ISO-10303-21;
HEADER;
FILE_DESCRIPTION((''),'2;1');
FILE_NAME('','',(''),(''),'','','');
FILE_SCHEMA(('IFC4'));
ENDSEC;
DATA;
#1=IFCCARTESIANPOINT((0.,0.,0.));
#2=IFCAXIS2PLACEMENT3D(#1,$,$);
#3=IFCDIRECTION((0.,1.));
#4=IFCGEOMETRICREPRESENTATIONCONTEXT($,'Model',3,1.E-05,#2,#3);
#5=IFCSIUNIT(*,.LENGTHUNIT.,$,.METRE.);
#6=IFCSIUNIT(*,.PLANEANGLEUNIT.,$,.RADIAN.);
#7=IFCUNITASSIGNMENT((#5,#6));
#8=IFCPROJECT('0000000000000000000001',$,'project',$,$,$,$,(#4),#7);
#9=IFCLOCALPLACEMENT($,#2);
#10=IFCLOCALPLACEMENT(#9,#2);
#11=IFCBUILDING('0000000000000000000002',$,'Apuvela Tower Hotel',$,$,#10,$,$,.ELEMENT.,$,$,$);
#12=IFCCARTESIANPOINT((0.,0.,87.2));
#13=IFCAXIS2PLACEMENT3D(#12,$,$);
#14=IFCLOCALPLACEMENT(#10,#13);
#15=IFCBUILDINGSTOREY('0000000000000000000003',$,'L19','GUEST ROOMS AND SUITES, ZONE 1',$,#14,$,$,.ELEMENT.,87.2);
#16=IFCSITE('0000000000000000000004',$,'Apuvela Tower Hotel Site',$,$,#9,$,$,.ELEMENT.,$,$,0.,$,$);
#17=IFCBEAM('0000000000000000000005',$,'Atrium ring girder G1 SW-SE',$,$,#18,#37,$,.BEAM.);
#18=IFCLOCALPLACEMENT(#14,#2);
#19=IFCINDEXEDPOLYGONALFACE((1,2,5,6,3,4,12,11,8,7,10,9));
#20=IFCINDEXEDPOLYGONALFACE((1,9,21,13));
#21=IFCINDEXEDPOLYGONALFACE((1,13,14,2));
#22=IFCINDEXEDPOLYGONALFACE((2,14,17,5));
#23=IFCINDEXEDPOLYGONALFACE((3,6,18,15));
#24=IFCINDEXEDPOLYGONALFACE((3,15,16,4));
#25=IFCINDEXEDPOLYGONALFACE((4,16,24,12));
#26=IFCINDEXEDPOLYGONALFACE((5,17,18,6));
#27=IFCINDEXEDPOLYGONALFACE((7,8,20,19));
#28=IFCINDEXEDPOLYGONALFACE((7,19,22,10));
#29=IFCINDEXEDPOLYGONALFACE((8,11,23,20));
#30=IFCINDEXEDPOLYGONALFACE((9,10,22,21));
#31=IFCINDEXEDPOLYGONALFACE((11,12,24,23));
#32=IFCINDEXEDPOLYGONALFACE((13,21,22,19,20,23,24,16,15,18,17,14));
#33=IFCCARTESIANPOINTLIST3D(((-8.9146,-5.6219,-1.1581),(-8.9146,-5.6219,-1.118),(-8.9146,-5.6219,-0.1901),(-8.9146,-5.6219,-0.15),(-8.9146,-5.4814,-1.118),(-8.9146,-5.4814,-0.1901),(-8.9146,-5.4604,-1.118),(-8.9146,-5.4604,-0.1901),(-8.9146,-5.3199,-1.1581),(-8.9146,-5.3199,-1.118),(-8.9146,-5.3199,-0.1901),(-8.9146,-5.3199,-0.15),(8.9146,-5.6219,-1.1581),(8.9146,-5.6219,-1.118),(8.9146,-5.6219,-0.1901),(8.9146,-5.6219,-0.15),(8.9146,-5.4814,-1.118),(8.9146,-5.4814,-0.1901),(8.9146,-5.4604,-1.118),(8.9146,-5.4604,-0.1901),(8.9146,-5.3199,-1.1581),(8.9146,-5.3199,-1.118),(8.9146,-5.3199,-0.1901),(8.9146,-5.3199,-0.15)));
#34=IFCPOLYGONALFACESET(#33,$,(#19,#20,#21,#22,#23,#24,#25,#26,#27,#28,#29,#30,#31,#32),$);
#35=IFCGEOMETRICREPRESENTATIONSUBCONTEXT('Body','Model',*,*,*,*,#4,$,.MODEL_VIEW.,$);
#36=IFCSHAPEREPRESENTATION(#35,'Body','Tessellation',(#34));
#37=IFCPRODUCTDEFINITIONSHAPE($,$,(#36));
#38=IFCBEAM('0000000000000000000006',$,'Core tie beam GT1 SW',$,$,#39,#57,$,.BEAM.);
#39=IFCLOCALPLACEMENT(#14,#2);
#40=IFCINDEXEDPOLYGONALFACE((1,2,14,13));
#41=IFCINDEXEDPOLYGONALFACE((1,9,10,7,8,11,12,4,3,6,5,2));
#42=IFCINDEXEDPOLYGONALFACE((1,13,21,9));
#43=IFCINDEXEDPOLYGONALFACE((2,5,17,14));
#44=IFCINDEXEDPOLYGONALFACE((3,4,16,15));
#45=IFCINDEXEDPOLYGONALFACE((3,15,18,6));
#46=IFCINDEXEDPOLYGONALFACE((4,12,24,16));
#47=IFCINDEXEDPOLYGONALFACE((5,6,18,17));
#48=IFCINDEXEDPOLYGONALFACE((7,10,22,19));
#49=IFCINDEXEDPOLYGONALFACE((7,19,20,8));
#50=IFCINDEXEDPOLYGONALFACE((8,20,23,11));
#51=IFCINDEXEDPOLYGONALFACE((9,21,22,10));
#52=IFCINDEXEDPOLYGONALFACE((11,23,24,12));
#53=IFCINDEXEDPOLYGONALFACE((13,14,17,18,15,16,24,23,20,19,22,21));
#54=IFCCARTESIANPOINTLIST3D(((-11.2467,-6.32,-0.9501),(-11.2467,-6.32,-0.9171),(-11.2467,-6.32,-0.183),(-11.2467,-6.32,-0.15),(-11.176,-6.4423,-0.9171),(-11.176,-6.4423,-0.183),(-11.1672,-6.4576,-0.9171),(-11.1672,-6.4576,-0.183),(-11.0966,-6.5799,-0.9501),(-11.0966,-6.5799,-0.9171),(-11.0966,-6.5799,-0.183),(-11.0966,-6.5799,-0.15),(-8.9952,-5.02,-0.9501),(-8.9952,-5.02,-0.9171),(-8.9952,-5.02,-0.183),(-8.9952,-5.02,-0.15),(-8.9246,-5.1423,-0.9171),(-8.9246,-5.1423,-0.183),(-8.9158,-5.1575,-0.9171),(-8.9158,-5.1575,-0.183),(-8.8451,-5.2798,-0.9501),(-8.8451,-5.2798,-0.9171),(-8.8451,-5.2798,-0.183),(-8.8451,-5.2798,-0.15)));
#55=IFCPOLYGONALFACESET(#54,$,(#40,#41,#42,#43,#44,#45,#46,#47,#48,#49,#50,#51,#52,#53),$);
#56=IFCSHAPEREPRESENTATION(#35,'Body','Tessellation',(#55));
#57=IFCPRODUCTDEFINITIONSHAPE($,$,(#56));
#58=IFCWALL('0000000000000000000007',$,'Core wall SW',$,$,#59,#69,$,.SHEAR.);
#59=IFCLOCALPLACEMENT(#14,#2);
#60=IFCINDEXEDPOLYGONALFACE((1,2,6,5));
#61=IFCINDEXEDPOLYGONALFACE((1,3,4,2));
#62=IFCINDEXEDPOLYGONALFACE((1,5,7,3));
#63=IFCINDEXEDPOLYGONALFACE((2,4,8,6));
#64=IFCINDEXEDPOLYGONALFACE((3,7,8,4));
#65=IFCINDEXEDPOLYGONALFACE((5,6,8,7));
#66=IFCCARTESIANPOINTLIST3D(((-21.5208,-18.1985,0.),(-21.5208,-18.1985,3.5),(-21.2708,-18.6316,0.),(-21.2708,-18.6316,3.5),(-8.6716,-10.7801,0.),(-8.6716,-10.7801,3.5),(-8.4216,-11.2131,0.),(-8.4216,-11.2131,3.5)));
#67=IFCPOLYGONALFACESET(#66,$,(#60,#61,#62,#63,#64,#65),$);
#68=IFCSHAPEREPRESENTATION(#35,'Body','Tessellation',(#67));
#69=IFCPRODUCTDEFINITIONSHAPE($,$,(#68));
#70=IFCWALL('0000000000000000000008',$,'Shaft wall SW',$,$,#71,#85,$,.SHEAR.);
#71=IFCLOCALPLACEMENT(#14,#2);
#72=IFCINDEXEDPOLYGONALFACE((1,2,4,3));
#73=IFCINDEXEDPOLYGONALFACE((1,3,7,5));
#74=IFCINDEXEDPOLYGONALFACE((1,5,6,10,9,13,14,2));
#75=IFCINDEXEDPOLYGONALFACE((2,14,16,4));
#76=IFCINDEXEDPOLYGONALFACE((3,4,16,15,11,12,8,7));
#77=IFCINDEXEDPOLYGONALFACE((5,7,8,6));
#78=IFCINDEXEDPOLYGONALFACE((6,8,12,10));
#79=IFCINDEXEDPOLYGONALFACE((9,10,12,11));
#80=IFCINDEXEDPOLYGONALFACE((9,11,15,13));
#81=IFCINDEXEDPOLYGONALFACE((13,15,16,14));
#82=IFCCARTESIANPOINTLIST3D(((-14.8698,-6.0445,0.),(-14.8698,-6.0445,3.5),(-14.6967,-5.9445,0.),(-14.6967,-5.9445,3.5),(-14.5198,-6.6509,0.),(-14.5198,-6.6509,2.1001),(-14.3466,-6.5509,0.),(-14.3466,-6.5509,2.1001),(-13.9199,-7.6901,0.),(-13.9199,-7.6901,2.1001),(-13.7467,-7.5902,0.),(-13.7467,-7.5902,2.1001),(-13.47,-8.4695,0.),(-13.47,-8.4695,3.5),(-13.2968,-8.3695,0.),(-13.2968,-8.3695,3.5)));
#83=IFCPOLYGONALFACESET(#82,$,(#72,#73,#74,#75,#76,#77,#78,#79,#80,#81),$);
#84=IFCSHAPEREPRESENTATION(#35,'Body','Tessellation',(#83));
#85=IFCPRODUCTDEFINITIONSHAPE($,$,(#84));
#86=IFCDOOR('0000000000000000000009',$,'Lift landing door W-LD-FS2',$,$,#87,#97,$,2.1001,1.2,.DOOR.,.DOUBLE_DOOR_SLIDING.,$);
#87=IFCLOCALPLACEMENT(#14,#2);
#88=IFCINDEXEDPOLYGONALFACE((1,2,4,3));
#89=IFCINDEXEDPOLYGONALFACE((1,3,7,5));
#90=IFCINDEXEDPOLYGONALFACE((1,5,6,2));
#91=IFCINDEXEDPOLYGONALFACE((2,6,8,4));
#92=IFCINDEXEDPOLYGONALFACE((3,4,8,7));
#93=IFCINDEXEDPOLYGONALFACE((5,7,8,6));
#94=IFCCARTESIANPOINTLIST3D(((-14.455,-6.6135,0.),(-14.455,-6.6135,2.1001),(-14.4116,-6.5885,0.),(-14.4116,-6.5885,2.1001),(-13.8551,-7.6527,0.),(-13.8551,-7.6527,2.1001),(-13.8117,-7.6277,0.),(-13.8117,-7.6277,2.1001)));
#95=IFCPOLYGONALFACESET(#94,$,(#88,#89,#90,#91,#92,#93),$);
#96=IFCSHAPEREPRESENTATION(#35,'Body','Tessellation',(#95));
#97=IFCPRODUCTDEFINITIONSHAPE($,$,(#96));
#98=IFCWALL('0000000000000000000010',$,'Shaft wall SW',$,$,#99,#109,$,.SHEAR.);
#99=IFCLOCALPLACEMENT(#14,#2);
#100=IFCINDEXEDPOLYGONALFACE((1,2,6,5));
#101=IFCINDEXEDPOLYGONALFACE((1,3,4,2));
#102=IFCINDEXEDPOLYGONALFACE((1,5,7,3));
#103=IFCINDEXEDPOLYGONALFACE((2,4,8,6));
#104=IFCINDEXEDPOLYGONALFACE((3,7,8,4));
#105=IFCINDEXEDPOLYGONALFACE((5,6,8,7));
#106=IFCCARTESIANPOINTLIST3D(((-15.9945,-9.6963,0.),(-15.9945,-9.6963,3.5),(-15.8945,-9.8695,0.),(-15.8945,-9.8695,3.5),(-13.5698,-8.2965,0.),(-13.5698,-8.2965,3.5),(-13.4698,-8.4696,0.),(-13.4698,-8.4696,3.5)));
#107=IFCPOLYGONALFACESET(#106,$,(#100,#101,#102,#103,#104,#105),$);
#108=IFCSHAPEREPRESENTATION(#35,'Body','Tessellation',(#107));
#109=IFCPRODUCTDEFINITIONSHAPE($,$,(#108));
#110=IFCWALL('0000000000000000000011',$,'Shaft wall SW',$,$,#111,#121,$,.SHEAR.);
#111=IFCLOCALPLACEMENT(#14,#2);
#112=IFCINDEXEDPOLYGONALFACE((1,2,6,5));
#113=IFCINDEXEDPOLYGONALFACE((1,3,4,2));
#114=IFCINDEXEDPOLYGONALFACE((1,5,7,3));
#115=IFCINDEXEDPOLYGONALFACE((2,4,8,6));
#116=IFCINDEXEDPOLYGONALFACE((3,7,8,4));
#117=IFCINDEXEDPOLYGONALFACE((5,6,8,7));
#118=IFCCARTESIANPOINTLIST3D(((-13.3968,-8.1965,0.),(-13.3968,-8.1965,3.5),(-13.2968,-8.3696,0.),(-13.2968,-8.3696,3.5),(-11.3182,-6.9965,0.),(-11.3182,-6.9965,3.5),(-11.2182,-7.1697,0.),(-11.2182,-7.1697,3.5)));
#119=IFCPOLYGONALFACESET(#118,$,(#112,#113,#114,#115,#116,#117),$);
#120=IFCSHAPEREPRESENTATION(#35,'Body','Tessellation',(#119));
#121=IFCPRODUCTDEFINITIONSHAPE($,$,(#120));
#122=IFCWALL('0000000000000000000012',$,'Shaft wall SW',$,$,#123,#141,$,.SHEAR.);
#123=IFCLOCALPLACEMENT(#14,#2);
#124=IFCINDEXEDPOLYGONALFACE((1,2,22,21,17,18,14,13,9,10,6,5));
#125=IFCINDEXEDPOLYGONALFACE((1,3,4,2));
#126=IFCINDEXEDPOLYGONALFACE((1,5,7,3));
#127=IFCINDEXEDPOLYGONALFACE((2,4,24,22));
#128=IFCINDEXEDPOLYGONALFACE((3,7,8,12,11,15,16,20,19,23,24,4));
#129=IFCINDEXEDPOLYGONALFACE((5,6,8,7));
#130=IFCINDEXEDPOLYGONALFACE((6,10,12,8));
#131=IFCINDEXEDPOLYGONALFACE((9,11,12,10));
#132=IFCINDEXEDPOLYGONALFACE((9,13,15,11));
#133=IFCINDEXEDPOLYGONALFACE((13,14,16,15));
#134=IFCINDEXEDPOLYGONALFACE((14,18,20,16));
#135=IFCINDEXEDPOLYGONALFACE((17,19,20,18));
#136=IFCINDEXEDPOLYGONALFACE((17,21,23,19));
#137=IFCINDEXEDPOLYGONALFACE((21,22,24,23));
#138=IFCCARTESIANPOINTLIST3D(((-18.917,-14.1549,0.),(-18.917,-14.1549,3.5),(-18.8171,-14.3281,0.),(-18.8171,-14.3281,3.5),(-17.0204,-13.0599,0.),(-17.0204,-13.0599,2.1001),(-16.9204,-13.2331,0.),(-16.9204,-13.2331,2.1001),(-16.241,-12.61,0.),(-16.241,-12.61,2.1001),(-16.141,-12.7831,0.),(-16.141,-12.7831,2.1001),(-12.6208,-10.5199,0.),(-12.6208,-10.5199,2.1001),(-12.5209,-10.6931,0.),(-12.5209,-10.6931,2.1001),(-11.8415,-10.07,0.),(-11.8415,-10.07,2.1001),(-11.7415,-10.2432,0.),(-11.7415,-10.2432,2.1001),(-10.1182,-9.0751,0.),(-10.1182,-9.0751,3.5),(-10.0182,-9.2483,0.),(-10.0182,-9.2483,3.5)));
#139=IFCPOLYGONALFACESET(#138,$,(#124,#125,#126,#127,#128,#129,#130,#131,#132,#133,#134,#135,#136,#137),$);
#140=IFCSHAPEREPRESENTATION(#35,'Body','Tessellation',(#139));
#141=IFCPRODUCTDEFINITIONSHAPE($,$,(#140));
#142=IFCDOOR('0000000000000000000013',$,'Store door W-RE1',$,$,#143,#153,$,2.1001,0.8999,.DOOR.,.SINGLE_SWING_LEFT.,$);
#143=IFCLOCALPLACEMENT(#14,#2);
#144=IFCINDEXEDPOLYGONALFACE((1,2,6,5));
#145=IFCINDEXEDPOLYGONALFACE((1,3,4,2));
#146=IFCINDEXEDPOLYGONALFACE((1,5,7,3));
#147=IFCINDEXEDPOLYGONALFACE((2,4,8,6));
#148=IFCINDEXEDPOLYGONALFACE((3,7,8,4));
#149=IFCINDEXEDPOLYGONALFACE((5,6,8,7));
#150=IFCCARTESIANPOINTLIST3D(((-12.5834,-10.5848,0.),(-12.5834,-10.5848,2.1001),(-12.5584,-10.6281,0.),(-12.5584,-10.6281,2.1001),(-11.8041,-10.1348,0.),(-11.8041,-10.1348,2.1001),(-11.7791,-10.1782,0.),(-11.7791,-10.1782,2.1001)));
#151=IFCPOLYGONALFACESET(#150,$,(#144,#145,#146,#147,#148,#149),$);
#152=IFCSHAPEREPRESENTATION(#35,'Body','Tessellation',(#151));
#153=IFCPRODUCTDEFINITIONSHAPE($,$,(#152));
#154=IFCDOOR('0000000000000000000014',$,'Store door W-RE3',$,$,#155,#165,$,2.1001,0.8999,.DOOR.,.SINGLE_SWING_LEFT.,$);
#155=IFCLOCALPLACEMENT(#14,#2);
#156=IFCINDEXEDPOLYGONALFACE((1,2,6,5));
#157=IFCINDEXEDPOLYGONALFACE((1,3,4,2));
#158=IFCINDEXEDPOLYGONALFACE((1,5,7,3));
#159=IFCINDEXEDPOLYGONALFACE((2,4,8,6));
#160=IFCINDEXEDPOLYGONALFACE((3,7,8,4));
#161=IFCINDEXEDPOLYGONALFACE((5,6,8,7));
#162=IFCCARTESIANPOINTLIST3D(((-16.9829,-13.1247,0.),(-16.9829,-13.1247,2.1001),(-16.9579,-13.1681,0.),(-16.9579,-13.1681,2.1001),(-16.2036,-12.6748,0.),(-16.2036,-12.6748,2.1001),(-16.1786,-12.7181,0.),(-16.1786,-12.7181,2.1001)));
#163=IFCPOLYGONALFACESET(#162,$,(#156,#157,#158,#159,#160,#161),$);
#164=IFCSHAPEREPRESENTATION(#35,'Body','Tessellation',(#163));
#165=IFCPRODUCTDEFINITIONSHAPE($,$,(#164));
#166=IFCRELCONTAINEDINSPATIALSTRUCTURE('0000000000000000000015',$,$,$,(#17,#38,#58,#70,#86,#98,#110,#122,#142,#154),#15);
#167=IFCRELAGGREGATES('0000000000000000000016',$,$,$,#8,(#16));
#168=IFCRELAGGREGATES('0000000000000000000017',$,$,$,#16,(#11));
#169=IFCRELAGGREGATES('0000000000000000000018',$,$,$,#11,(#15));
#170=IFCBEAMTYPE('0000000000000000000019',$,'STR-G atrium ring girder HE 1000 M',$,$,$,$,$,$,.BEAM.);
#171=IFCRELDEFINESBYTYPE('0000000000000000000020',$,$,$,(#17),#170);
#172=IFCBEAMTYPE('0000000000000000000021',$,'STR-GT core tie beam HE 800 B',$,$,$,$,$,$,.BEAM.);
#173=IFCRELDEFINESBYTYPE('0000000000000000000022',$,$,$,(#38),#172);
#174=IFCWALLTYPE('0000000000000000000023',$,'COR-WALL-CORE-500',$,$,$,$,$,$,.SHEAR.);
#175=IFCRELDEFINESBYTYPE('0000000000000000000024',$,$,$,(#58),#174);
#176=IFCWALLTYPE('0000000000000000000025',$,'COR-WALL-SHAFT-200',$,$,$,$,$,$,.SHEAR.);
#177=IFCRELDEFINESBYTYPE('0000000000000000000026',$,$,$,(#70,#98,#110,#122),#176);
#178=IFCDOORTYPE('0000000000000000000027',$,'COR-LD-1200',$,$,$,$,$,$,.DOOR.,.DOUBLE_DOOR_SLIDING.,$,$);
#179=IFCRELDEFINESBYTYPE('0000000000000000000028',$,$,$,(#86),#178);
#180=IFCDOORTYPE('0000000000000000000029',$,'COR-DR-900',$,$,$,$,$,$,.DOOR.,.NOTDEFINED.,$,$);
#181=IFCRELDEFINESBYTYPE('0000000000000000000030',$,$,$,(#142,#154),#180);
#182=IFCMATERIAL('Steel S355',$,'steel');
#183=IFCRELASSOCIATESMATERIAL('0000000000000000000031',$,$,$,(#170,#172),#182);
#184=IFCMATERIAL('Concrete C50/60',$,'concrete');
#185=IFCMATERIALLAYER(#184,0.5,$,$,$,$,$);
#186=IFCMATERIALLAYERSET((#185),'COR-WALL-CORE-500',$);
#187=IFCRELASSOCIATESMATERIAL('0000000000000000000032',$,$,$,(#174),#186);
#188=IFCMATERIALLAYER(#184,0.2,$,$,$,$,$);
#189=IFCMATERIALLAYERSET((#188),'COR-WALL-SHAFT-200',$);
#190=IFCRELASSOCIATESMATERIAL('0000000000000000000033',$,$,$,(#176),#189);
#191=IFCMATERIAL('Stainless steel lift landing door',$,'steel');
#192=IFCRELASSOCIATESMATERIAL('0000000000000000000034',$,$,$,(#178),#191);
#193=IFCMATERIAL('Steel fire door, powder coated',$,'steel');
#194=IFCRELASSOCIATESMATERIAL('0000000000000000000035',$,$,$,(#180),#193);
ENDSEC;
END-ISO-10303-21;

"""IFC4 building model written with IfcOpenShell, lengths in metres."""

from ifc_helpers import new_model, si_unit, direction, frame, frame_2d, origin, origin_2d, place, context, subcontext, project, spatial, rectangle, i_section, extrude, material, layer, layer_set, material_profile, profile_set, type_object, element, fill, save


model = new_model("IFC4")

# Units and contexts
model_context = context("Model", 3, precision=1e-05, world=origin(), true_north=direction((0.0, 1.0)))
body_context = subcontext(model_context, "Body", "Model", "MODEL_VIEW")
ifc_project = project(units=[si_unit("LENGTHUNIT", "METRE"), si_unit("PLANEANGLEUNIT", "RADIAN")], contexts=[model_context])

# Site, building, storey
site_placement = place(None, origin())
site = spatial("IfcSite", under=ifc_project, at=site_placement, Name="Apuvela Tower Hotel Site", CompositionType="ELEMENT", RefElevation=0.0)
building_placement = place(site_placement, origin())
building = spatial("IfcBuilding", under=site, at=building_placement, Name="Apuvela Tower Hotel", CompositionType="ELEMENT")
storey_placement = place(building_placement, frame((0.0, 0.0, 87.2)))
storey = spatial("IfcBuildingStorey", under=building, at=storey_placement, Name="L19", Description="GUEST ROOMS AND SUITES, ZONE 1", CompositionType="ELEMENT", Elevation=87.2)

# Beams
ifc_material_1 = material(Name="Steel S355", Category="steel")
ifc_material_profile_1 = material_profile(ifc_material_1, i_section(OverallWidth=0.302, OverallDepth=1.0081, WebThickness=0.021, FlangeThickness=0.04, at=origin_2d()), Name="HE 1000 M")
ifc_profile_set_1 = profile_set([ifc_material_profile_1], Name="Steel S355")
beam_type_1 = type_object("IfcBeamType", Name="STR-G atrium ring girder HE 1000 M", PredefinedType="BEAM", material=ifc_profile_set_1)
beam_1_placement = place(storey_placement, frame((-8.9146, -5.4709, -0.6541), z_axis=(1.0, 0.0, 0.0), x_axis=(0.0, 1.0, 0.0)))
element("IfcBeam", 1, at=beam_1_placement, inside=storey, type_object=beam_type_1, Name="Atrium ring girder G1 SW-SE", PredefinedType="BEAM", context=body_context, shape_type="SweptSolid", body=[
    extrude(i_section(OverallWidth=0.302, OverallDepth=1.0081, WebThickness=0.021, FlangeThickness=0.04, at=origin_2d()), origin(), (0.0, 0.0, 1.0), 17.8291),
])
ifc_material_profile_2 = material_profile(ifc_material_1, i_section(OverallWidth=0.3, OverallDepth=0.8, WebThickness=0.0176, FlangeThickness=0.033, at=origin_2d()), Name="HE 800 B")
ifc_profile_set_2 = profile_set([ifc_material_profile_2], Name="Steel S355")
beam_type_2 = type_object("IfcBeamType", Name="STR-GT core tie beam HE 800 B", PredefinedType="BEAM", material=ifc_profile_set_2)
beam_2_placement = place(storey_placement, frame((-11.1716, -6.45, -0.55), z_axis=(0.865998, 0.500048, 0.0), x_axis=(-0.500048, 0.865998, 0.0)))
element("IfcBeam", 2, at=beam_2_placement, inside=storey, type_object=beam_type_2, Name="Core tie beam GT1 SW", PredefinedType="BEAM", context=body_context, shape_type="SweptSolid", body=[
    extrude(i_section(OverallWidth=0.3, OverallDepth=0.8, WebThickness=0.0176, FlangeThickness=0.033, at=origin_2d()), origin(), (0.0, 0.0, 1.0), 2.5999),
])

# Wall
ifc_material_2 = material(Name="Concrete C50/60", Category="concrete")
ifc_layer_1 = layer(ifc_material_2, 0.5)
ifc_layer_set_1 = layer_set([ifc_layer_1], Name="COR-WALL-CORE-500")
wall_type_1 = type_object("IfcWallType", Name="COR-WALL-CORE-500", PredefinedType="SHEAR", material=ifc_layer_set_1)
wall_1_placement = place(storey_placement, frame((-8.5466, -10.9966, 0.0), z_axis=(0.0, 0.0, 1.0), x_axis=(-0.866025, -0.500001, 0.0)))
element("IfcWall", 3, at=wall_1_placement, inside=storey, type_object=wall_type_1, Name="Core wall SW", PredefinedType="SHEAR", context=body_context, shape_type="SweptSolid", body=[
    extrude(rectangle(XDim=14.8369, YDim=0.5, at=frame_2d((7.4185, 0.0))), origin(), (0.0, 0.0, 1.0), 3.5),
])

# Wall, opening, door
ifc_layer_2 = layer(ifc_material_2, 0.2)
ifc_layer_set_2 = layer_set([ifc_layer_2], Name="COR-WALL-SHAFT-200")
wall_type_2 = type_object("IfcWallType", Name="COR-WALL-SHAFT-200", PredefinedType="SHEAR", material=ifc_layer_set_2)
wall_2_placement = place(storey_placement, frame((-14.7832, -5.9946, 0.0), z_axis=(0.0, 0.0, 1.0), x_axis=(0.499946, -0.866056, 0.0)))
wall_2 = element("IfcWall", 4, at=wall_2_placement, inside=storey, type_object=wall_type_2, Name="Shaft wall SW", PredefinedType="SHEAR", context=body_context, shape_type="SweptSolid", body=[
    extrude(rectangle(XDim=2.8, YDim=0.2, at=frame_2d((1.3999, 0.0))), origin(), (0.0, 0.0, 1.0), 3.5),
])
opening_1_placement = place(wall_2_placement, frame((0.7, 0.0, 0.0)))
opening_1 = element("IfcOpeningElement", 5, at=opening_1_placement, cuts=wall_2, PredefinedType="OPENING", context=body_context, shape_type="SweptSolid", body=[
    extrude(rectangle(XDim=1.2, YDim=2.1001, at=frame_2d((0.6001, 1.05))), frame((0.0, 0.1099, 0.0), z_axis=(0.0, -1.0, 0.0), x_axis=(1.0, 0.0, 0.0)), (0.0, 0.0, 1.0), 0.22),
])
ifc_material_3 = material(Name="Stainless steel lift landing door", Category="steel")
door_type_1 = type_object("IfcDoorType", Name="COR-LD-1200", OperationType="DOUBLE_DOOR_SLIDING", PredefinedType="DOOR", material=ifc_material_3)
door_1_placement = place(opening_1_placement, origin())
door_1 = element("IfcDoor", 6, at=door_1_placement, inside=storey, type_object=door_type_1, Name="Lift landing door W-LD-FS2", OperationType="DOUBLE_DOOR_SLIDING", OverallHeight=2.1001, OverallWidth=1.2, PredefinedType="DOOR", context=body_context, shape_type="SweptSolid", body=[
    extrude(rectangle(XDim=1.2, YDim=2.1001, at=frame_2d((0.6001, 1.05))), frame((0.0, 0.0249, 0.0), z_axis=(0.0, -1.0, 0.0), x_axis=(1.0, 0.0, 0.0)), (0.0, 0.0, 1.0), 0.05),
])
fill(opening_1, door_1)

# Walls
wall_3_placement = place(storey_placement, frame((-13.5198, -8.3831, 0.0), z_axis=(0.0, 0.0, 1.0), x_axis=(-0.866035, -0.499984, 0.0)))
element("IfcWall", 7, at=wall_3_placement, inside=storey, type_object=wall_type_2, Name="Shaft wall SW", PredefinedType="SHEAR", context=body_context, shape_type="SweptSolid", body=[
    extrude(rectangle(XDim=2.7998, YDim=0.2, at=frame_2d((1.3999, 0.0))), origin(), (0.0, 0.0, 1.0), 3.5),
])
wall_4_placement = place(storey_placement, frame((-11.2681, -7.083, 0.0), z_axis=(0.0, 0.0, 1.0), x_axis=(-0.86605, -0.499957, 0.0)))
element("IfcWall", 8, at=wall_4_placement, inside=storey, type_object=wall_type_2, Name="Shaft wall SW", PredefinedType="SHEAR", context=body_context, shape_type="SweptSolid", body=[
    extrude(rectangle(XDim=2.4001, YDim=0.2, at=frame_2d((1.2002, 0.0))), origin(), (0.0, 0.0, 1.0), 3.5),
])

# Wall, openings, doors
wall_5_placement = place(storey_placement, frame((-10.0681, -9.1616, 0.0), z_axis=(0.0, 0.0, 1.0), x_axis=(-0.866033, -0.499987, 0.0)))
wall_5 = element("IfcWall", 9, at=wall_5_placement, inside=storey, type_object=wall_type_2, Name="Shaft wall SW", PredefinedType="SHEAR", context=body_context, shape_type="SweptSolid", body=[
    extrude(rectangle(XDim=10.1599, YDim=0.2, at=frame_2d((5.0801, 0.0))), origin(), (0.0, 0.0, 1.0), 3.5),
])
opening_2_placement = place(wall_5_placement, frame((1.99, 0.0, 0.0)))
opening_2 = element("IfcOpeningElement", 10, at=opening_2_placement, cuts=wall_5, PredefinedType="OPENING", context=body_context, shape_type="SweptSolid", body=[
    extrude(rectangle(XDim=0.8999, YDim=2.1001, at=frame_2d((0.45, 1.05))), frame((0.0, 0.1099, 0.0), z_axis=(0.0, -1.0, 0.0), x_axis=(1.0, 0.0, 0.0)), (0.0, 0.0, 1.0), 0.22),
])
opening_3_placement = place(wall_5_placement, frame((7.0701, 0.0, 0.0)))
opening_3 = element("IfcOpeningElement", 11, at=opening_3_placement, cuts=wall_5, PredefinedType="OPENING", context=body_context, shape_type="SweptSolid", body=[
    extrude(rectangle(XDim=0.8999, YDim=2.1001, at=frame_2d((0.45, 1.05))), frame((0.0, 0.1099, 0.0), z_axis=(0.0, -1.0, 0.0), x_axis=(1.0, 0.0, 0.0)), (0.0, 0.0, 1.0), 0.22),
])
ifc_material_4 = material(Name="Steel fire door, powder coated", Category="steel")
door_type_2 = type_object("IfcDoorType", Name="COR-DR-900", OperationType="NOTDEFINED", PredefinedType="DOOR", material=ifc_material_4)
door_2_placement = place(opening_2_placement, origin())
door_2 = element("IfcDoor", 12, at=door_2_placement, inside=storey, type_object=door_type_2, Name="Store door W-RE1", OperationType="SINGLE_SWING_LEFT", OverallHeight=2.1001, OverallWidth=0.8999, PredefinedType="DOOR", context=body_context, shape_type="SweptSolid", body=[
    extrude(rectangle(XDim=0.8999, YDim=2.1001, at=frame_2d((0.45, 1.05))), frame((0.0, 0.0249, 0.0), z_axis=(0.0, -1.0, 0.0), x_axis=(1.0, 0.0, 0.0)), (0.0, 0.0, 1.0), 0.05),
])
fill(opening_2, door_2)
door_3_placement = place(opening_3_placement, origin())
door_3 = element("IfcDoor", 13, at=door_3_placement, inside=storey, type_object=door_type_2, Name="Store door W-RE3", OperationType="SINGLE_SWING_LEFT", OverallHeight=2.1001, OverallWidth=0.8999, PredefinedType="DOOR", context=body_context, shape_type="SweptSolid", body=[
    extrude(rectangle(XDim=0.8999, YDim=2.1001, at=frame_2d((0.45, 1.05))), frame((0.0, 0.0249, 0.0), z_axis=(0.0, -1.0, 0.0), x_axis=(1.0, 0.0, 0.0)), (0.0, 0.0, 1.0), 0.05),
])
fill(opening_3, door_3)

save(model, "model.ifc")
